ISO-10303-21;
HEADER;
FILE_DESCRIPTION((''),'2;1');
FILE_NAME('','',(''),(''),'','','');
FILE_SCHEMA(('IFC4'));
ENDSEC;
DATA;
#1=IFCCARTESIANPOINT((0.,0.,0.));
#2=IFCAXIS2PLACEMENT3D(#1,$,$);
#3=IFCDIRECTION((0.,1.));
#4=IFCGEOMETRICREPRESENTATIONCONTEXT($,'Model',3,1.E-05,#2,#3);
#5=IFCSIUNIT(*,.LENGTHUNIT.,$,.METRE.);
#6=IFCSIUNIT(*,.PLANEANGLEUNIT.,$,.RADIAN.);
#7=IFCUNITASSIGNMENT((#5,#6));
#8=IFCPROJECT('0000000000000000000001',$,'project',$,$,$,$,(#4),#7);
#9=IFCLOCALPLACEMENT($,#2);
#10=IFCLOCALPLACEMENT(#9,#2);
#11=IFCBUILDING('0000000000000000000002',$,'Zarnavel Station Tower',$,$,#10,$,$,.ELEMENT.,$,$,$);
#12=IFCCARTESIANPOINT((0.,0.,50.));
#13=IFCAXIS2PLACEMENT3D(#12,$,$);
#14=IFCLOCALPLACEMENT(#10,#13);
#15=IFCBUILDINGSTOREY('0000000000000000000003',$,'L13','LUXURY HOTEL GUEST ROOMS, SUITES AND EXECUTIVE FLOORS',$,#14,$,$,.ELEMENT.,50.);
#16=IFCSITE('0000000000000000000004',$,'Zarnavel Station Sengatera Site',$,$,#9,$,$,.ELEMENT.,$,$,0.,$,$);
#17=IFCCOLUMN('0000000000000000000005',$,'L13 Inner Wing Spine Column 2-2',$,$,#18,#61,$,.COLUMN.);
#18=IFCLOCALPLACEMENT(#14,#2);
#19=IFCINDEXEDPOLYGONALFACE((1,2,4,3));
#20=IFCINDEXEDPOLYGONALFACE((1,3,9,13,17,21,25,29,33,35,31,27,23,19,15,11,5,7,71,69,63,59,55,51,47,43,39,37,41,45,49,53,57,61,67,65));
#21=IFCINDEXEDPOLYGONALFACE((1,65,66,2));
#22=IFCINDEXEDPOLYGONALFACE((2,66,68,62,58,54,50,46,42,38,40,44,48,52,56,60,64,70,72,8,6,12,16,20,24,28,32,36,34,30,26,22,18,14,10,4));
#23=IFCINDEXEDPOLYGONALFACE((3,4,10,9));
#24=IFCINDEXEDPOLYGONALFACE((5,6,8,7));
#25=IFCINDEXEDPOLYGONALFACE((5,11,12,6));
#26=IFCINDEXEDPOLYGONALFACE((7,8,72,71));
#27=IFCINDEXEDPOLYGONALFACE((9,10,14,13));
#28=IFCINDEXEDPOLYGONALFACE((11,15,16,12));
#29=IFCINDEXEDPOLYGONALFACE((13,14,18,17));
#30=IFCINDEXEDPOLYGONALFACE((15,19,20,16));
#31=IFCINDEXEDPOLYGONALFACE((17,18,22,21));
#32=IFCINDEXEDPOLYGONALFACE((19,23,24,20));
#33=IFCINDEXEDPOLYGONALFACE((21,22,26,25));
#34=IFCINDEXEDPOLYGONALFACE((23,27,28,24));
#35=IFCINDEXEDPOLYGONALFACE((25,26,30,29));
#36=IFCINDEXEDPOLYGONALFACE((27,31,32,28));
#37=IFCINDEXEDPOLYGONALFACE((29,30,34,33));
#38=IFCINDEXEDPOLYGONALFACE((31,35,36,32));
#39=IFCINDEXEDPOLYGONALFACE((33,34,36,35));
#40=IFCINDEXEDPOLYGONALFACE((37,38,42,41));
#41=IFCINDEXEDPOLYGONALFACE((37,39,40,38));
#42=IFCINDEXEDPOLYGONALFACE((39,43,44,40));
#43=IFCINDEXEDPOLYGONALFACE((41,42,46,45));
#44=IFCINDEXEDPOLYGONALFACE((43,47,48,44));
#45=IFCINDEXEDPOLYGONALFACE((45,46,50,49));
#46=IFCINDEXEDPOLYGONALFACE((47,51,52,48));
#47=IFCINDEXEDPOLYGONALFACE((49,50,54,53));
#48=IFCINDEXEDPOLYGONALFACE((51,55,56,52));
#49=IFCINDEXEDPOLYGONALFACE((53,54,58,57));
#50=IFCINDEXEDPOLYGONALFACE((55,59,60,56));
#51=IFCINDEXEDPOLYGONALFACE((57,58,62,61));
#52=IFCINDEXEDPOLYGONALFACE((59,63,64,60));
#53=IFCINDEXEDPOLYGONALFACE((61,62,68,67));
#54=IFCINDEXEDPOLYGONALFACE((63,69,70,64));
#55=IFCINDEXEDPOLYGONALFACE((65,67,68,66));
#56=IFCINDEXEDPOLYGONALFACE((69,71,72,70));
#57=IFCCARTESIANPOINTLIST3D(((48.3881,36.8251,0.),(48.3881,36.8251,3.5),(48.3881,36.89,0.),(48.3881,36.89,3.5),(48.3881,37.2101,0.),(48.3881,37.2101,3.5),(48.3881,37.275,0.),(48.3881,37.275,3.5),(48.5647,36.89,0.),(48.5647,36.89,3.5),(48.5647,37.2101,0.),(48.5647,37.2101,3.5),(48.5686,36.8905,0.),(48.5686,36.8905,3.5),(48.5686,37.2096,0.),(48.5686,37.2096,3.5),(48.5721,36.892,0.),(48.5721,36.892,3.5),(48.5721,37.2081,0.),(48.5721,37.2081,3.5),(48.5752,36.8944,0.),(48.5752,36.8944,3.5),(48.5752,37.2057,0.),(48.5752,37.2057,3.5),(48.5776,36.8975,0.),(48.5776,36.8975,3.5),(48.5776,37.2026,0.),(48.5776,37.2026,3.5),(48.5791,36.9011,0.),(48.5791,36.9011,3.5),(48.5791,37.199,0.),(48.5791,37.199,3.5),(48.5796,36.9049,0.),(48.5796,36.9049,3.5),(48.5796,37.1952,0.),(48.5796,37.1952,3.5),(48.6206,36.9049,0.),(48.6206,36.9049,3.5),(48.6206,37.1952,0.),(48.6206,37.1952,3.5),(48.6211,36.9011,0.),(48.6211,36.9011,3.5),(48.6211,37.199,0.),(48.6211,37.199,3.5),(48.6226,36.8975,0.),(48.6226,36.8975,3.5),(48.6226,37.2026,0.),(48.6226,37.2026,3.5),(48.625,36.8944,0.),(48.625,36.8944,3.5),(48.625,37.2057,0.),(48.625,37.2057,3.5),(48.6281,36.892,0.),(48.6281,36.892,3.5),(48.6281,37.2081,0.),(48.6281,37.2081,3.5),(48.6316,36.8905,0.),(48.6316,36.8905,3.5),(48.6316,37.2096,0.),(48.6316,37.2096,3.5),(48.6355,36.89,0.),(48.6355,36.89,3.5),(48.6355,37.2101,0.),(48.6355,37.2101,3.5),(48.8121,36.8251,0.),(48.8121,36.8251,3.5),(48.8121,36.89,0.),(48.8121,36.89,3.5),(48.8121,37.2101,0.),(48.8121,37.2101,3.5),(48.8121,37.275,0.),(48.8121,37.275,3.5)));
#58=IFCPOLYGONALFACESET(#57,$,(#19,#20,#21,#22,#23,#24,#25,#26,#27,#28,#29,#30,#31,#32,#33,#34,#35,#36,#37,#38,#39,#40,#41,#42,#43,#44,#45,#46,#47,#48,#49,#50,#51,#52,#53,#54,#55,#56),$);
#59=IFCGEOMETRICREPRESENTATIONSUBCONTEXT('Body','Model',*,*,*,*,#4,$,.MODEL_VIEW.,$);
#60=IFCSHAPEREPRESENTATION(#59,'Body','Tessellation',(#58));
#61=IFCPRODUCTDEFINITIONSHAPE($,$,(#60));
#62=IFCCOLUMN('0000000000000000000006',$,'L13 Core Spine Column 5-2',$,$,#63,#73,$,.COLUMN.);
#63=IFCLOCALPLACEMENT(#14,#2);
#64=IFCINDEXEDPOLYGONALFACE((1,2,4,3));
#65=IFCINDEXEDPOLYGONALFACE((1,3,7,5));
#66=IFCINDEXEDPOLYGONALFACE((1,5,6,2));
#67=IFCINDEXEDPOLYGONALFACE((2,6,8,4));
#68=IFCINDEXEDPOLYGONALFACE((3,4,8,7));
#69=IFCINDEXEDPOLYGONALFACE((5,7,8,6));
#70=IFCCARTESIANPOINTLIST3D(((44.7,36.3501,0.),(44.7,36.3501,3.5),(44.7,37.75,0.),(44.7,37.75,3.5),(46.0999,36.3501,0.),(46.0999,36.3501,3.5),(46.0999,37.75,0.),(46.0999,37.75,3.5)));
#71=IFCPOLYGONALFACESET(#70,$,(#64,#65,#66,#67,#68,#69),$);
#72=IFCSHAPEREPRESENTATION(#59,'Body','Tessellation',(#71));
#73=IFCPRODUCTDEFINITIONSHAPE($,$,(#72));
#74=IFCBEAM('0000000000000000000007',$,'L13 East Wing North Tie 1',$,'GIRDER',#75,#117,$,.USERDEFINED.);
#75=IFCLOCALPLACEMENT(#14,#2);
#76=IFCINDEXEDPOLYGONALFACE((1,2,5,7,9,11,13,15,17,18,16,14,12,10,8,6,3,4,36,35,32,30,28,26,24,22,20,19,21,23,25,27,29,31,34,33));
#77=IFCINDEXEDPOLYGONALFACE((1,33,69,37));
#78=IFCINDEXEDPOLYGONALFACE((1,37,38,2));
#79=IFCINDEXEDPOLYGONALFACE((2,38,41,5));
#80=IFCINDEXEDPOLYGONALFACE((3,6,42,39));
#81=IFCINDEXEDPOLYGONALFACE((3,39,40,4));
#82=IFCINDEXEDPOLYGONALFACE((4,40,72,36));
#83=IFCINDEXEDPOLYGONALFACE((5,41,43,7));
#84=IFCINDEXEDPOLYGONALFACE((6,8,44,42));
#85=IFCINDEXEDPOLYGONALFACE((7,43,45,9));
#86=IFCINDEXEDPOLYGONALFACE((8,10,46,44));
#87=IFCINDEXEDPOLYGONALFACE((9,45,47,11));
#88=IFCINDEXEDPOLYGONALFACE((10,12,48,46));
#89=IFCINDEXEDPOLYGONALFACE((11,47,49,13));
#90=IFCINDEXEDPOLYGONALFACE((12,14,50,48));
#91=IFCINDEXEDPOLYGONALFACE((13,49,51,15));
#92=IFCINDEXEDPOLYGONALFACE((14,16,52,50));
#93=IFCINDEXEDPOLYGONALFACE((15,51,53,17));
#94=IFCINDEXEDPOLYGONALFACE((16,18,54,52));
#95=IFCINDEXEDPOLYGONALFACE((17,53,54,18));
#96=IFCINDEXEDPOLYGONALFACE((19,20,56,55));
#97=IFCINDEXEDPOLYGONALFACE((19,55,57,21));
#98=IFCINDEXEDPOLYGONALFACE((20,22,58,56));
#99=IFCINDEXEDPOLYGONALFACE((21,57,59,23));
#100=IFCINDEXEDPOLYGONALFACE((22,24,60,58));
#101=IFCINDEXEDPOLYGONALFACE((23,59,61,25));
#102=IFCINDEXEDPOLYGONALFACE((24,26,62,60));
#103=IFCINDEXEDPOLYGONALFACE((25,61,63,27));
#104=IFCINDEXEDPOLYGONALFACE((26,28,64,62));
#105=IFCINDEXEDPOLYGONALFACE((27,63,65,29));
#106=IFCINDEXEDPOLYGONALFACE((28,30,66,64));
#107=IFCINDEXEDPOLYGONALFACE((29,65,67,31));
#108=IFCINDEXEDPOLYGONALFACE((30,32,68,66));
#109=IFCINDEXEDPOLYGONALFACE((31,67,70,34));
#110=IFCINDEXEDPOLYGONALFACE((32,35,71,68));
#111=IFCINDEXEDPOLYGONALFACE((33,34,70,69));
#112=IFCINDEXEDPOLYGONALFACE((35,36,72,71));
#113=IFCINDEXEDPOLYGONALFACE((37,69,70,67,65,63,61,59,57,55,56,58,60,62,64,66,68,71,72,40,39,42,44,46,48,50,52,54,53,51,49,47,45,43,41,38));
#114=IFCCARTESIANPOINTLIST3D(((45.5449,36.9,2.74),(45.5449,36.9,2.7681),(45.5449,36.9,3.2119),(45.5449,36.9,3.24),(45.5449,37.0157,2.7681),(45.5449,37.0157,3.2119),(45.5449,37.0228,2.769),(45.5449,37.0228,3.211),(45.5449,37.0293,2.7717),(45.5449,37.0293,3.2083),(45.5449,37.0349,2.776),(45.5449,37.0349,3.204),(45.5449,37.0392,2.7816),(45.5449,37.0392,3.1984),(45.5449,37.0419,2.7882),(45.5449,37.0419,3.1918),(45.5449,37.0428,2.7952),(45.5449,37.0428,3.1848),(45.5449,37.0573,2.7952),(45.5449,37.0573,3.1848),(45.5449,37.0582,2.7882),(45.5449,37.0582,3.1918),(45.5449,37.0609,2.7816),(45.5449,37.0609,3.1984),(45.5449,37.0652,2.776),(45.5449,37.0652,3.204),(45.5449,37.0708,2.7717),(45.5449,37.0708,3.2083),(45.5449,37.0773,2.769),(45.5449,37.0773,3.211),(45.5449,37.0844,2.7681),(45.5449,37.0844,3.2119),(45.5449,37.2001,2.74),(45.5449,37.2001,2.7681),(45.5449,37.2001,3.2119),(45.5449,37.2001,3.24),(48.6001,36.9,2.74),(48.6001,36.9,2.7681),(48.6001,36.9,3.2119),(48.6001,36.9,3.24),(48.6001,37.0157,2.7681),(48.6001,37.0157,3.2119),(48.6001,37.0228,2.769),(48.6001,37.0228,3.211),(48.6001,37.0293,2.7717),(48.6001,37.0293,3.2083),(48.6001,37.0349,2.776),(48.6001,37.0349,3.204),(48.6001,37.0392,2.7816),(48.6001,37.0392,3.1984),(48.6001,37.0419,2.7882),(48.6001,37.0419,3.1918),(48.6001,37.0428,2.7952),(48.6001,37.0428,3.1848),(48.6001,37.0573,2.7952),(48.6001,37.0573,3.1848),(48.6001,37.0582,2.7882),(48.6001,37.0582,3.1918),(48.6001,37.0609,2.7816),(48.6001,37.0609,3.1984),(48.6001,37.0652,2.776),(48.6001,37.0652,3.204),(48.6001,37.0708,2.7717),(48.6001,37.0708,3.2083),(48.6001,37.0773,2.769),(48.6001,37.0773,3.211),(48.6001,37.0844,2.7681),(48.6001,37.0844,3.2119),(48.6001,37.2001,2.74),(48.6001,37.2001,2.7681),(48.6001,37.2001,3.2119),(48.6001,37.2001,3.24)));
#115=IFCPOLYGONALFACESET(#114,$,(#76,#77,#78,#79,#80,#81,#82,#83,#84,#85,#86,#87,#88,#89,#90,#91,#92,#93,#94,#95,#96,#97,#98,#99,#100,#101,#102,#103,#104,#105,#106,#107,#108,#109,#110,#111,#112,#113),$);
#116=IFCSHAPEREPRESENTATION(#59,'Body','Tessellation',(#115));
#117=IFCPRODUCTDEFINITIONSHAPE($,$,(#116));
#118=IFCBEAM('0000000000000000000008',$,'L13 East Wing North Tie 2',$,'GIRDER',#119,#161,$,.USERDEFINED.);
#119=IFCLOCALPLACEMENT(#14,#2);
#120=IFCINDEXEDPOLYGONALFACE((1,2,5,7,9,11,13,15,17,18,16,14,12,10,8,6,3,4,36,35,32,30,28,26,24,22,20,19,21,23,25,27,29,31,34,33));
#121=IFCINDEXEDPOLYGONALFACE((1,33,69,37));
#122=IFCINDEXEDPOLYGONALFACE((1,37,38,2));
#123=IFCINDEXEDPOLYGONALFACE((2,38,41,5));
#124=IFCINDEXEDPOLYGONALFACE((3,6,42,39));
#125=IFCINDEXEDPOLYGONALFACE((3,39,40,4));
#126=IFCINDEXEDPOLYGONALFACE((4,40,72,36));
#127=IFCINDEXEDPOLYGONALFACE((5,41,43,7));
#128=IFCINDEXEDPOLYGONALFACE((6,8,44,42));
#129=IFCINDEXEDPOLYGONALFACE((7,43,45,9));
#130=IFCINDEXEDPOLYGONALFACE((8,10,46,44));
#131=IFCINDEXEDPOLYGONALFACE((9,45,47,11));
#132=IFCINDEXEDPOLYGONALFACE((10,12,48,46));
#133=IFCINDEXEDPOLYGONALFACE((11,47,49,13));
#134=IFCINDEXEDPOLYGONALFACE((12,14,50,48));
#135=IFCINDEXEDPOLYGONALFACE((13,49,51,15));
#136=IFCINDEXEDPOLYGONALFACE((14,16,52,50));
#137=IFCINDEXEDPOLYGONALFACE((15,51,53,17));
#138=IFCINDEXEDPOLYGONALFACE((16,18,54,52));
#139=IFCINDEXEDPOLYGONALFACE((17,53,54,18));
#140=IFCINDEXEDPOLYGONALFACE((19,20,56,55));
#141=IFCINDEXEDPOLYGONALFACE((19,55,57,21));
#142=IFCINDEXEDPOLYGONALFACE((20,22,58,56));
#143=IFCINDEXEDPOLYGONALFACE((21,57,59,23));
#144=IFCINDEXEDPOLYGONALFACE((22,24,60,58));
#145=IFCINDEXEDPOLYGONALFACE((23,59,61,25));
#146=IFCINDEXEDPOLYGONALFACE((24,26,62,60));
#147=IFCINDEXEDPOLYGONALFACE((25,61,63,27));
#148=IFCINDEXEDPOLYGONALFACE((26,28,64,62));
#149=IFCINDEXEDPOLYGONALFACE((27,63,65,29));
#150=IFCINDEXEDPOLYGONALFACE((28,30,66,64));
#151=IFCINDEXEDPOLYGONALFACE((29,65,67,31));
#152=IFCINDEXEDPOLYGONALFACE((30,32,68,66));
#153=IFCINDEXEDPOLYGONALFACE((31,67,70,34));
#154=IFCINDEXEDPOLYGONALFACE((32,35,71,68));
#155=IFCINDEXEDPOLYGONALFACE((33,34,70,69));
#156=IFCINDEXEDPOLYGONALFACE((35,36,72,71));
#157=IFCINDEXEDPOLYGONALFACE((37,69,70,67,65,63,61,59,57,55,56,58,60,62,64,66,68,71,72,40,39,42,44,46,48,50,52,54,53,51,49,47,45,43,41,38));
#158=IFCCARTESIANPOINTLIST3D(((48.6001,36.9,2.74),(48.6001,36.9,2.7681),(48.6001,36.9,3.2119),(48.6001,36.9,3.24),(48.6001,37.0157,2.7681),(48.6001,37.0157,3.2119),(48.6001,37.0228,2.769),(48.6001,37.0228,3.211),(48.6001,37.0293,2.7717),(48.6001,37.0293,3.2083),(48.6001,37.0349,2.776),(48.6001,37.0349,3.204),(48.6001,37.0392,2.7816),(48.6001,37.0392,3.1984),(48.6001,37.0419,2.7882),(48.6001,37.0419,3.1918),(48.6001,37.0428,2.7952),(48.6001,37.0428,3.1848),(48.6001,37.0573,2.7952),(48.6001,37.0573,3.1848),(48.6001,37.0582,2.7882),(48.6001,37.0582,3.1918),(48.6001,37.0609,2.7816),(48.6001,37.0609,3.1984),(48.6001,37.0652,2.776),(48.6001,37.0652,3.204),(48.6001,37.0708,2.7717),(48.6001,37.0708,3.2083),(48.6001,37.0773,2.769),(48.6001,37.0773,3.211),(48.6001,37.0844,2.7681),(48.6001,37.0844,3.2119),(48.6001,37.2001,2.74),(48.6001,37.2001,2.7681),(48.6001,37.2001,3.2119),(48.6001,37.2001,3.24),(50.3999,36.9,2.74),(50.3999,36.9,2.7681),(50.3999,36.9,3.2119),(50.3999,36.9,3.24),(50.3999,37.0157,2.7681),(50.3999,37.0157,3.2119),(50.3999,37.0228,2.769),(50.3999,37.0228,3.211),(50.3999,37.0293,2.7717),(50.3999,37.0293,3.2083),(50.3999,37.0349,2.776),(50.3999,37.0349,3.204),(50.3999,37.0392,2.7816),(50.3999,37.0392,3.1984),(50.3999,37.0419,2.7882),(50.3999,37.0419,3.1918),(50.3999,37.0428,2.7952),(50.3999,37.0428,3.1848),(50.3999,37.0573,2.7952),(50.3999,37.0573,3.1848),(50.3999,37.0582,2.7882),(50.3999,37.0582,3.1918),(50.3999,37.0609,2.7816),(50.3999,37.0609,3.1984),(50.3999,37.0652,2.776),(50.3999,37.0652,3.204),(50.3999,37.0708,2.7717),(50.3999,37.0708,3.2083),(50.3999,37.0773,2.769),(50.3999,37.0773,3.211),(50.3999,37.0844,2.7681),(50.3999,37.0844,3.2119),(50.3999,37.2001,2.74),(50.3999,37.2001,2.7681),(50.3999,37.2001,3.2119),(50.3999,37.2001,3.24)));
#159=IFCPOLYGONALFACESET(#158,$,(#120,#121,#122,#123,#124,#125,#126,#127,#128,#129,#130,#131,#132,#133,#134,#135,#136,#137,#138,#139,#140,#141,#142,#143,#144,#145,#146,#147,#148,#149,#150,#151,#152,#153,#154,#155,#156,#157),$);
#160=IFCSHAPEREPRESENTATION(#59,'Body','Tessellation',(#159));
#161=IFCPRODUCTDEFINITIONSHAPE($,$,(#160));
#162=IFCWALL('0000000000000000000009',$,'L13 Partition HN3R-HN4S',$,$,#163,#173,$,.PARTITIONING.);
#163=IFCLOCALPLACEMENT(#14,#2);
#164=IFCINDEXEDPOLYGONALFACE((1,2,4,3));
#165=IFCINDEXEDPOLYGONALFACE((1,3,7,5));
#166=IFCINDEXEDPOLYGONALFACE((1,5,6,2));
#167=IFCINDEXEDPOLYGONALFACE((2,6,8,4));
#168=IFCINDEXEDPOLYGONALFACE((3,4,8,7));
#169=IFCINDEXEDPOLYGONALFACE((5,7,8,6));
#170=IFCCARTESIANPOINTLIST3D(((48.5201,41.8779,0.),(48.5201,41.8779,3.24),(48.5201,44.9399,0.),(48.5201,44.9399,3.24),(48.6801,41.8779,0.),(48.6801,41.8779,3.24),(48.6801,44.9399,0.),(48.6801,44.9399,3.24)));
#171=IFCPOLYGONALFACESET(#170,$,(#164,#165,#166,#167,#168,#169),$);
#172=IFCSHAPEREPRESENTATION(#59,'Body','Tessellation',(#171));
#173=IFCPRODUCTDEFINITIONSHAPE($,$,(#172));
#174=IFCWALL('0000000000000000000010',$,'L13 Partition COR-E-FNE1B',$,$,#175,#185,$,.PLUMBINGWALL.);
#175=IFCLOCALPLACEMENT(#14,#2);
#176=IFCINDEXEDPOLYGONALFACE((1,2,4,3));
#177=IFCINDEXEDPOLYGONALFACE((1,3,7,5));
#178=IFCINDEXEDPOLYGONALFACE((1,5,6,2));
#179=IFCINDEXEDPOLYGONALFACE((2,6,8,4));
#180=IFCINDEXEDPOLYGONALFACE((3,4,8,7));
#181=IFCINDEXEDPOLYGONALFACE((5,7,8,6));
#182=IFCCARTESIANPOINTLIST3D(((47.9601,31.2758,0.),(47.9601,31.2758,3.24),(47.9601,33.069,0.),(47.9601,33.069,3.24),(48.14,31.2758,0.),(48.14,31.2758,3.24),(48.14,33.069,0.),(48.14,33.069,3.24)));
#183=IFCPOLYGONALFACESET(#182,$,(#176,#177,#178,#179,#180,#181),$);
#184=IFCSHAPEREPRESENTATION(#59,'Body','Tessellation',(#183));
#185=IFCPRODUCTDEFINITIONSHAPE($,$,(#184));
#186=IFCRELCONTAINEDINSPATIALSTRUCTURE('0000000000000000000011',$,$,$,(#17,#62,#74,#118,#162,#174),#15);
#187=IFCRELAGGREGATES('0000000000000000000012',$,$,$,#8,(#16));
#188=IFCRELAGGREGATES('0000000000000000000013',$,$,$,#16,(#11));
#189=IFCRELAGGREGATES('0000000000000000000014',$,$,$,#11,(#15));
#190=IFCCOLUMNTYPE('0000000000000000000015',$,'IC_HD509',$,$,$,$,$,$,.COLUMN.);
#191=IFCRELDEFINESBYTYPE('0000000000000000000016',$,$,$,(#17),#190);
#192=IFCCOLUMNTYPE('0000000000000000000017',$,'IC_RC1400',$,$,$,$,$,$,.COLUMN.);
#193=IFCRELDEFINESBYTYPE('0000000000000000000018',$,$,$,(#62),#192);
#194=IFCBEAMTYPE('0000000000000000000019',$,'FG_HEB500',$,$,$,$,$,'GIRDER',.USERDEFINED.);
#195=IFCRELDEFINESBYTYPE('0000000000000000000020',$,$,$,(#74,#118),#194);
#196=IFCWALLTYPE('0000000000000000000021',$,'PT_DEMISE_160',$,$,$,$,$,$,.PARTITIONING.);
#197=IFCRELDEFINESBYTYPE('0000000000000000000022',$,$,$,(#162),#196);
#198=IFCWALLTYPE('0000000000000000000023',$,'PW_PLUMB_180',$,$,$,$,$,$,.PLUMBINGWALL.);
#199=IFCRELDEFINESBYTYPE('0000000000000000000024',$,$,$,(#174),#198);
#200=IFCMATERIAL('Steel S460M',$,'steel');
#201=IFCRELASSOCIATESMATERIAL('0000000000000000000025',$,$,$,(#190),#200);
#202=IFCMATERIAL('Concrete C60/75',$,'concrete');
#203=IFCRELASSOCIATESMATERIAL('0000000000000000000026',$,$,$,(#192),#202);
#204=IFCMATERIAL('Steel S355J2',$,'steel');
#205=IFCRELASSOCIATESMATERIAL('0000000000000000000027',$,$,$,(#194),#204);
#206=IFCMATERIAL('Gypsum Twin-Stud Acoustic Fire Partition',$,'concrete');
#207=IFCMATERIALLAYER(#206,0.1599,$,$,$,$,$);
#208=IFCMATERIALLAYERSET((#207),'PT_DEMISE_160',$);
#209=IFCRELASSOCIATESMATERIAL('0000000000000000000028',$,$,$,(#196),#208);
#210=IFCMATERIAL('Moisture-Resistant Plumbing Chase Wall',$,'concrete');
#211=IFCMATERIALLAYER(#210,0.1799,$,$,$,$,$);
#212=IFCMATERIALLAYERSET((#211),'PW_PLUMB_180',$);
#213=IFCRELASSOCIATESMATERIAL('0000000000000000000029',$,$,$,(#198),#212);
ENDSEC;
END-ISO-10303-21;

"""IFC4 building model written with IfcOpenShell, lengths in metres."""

from ifc_helpers import new_model, si_unit, direction, frame, frame_2d, origin, origin_2d, place, context, subcontext, project, spatial, rectangle, i_section, extrude, material, layer, layer_set, material_profile, profile_set, type_object, element, save


model = new_model("IFC4")

# Units and contexts
model_context = context("Model", 3, precision=1e-05, world=origin(), true_north=direction((0.0, 1.0)))
body_context = subcontext(model_context, "Body", "Model", "MODEL_VIEW")
ifc_project = project(units=[si_unit("LENGTHUNIT", "METRE"), si_unit("PLANEANGLEUNIT", "RADIAN")], contexts=[model_context])

# Site, building, storey
site_placement = place(None, origin())
site = spatial("IfcSite", under=ifc_project, at=site_placement, Name="Zarnavel Station Sengatera Site", CompositionType="ELEMENT", RefElevation=0.0)
building_placement = place(site_placement, origin())
building = spatial("IfcBuilding", under=site, at=building_placement, Name="Zarnavel Station Tower", CompositionType="ELEMENT")
storey_placement = place(building_placement, frame((0.0, 0.0, 50.0)))
storey = spatial("IfcBuildingStorey", under=building, at=storey_placement, Name="L13", Description="LUXURY HOTEL GUEST ROOMS, SUITES AND EXECUTIVE FLOORS", CompositionType="ELEMENT", Elevation=50.0)

# Columns
ifc_material_1 = material(Name="Steel S460M", Category="steel")
ifc_material_profile_1 = material_profile(ifc_material_1, i_section(OverallWidth=0.4241, OverallDepth=0.45, WebThickness=0.041, FlangeThickness=0.0649, FilletRadius=0.0149, at=origin_2d()), Name="HD400x509")
ifc_profile_set_1 = profile_set([ifc_material_profile_1], Name="Steel S460M")
column_type_1 = type_object("IfcColumnType", Name="IC_HD509", PredefinedType="COLUMN", material=ifc_profile_set_1)
column_1_placement = place(storey_placement, frame((48.6001, 37.05, 0.0), z_axis=(0.0, 0.0, 1.0), x_axis=(1.0, 0.0, 0.0)))
element("IfcColumn", 1, at=column_1_placement, inside=storey, type_object=column_type_1, Name="L13 Inner Wing Spine Column 2-2", PredefinedType="COLUMN", context=body_context, shape_type="SweptSolid", body=[
    extrude(i_section(OverallWidth=0.4241, OverallDepth=0.45, WebThickness=0.041, FlangeThickness=0.0649, FilletRadius=0.0149, at=origin_2d()), origin(), (0.0, 0.0, 1.0), 3.5),
])
ifc_material_2 = material(Name="Concrete C60/75", Category="concrete")
ifc_material_profile_2 = material_profile(ifc_material_2, rectangle(XDim=1.3999, YDim=1.3999, at=origin_2d()), Name="RC1400x1400")
ifc_profile_set_2 = profile_set([ifc_material_profile_2], Name="Concrete C60/75")
column_type_2 = type_object("IfcColumnType", Name="IC_RC1400", PredefinedType="COLUMN", material=ifc_profile_set_2)
column_2_placement = place(storey_placement, frame((45.3999, 37.05, 0.0), z_axis=(0.0, 0.0, 1.0), x_axis=(1.0, 0.0, 0.0)))
element("IfcColumn", 2, at=column_2_placement, inside=storey, type_object=column_type_2, Name="L13 Core Spine Column 5-2", PredefinedType="COLUMN", context=body_context, shape_type="SweptSolid", body=[
    extrude(rectangle(XDim=1.3999, YDim=1.3999, at=origin_2d()), origin(), (0.0, 0.0, 1.0), 3.5),
])

# Beams
ifc_material_3 = material(Name="Steel S355J2", Category="steel")
ifc_material_profile_3 = material_profile(ifc_material_3, i_section(OverallWidth=0.3, OverallDepth=0.5, WebThickness=0.0144, FlangeThickness=0.0281, FilletRadius=0.0271, at=origin_2d()), Name="HEB500")
ifc_profile_set_3 = profile_set([ifc_material_profile_3], Name="Steel S355J2")
beam_type = type_object("IfcBeamType", Name="FG_HEB500", ElementType="GIRDER", PredefinedType="USERDEFINED", material=ifc_profile_set_3)
beam_1_placement = place(storey_placement, frame((45.5449, 37.05, 2.99), z_axis=(1.0, 0.0, 0.0), x_axis=(0.0, 1.0, 0.0)))
element("IfcBeam", 3, at=beam_1_placement, inside=storey, type_object=beam_type, Name="L13 East Wing North Tie 1", ObjectType="GIRDER", PredefinedType="USERDEFINED", context=body_context, shape_type="SweptSolid", body=[
    extrude(i_section(OverallWidth=0.3, OverallDepth=0.5, WebThickness=0.0144, FlangeThickness=0.0281, FilletRadius=0.0271, at=origin_2d()), origin(), (0.0, 0.0, 1.0), 3.0552),
])
beam_2_placement = place(storey_placement, frame((48.6001, 37.05, 2.99), z_axis=(1.0, 0.0, 0.0), x_axis=(0.0, 1.0, 0.0)))
element("IfcBeam", 4, at=beam_2_placement, inside=storey, type_object=beam_type, Name="L13 East Wing North Tie 2", ObjectType="GIRDER", PredefinedType="USERDEFINED", context=body_context, shape_type="SweptSolid", body=[
    extrude(i_section(OverallWidth=0.3, OverallDepth=0.5, WebThickness=0.0144, FlangeThickness=0.0281, FilletRadius=0.0271, at=origin_2d()), origin(), (0.0, 0.0, 1.0), 1.7998),
])

# Shared definitions
ifc_material_4 = material(Name="Gypsum Twin-Stud Acoustic Fire Partition", Category="concrete")
ifc_layer_1 = layer(ifc_material_4, 0.1599)
ifc_layer_set_1 = layer_set([ifc_layer_1], Name="PT_DEMISE_160")
wall_type_1 = type_object("IfcWallType", Name="PT_DEMISE_160", PredefinedType="PARTITIONING", material=ifc_layer_set_1)

# Walls
wall_1_placement = place(storey_placement, frame((48.6001, 41.8779, 0.0), z_axis=(0.0, 0.0, 1.0), x_axis=(0.0, 1.0, 0.0)))
element("IfcWall", 5, at=wall_1_placement, inside=storey, type_object=wall_type_1, Name="L13 Partition HN3R-HN4S", PredefinedType="PARTITIONING", context=body_context, shape_type="SweptSolid", body=[
    extrude(rectangle(XDim=3.062, YDim=0.1599, at=frame_2d((1.531, 0.0))), origin(), (0.0, 0.0, 1.0), 3.24),
])
ifc_material_5 = material(Name="Moisture-Resistant Plumbing Chase Wall", Category="concrete")
ifc_layer_2 = layer(ifc_material_5, 0.1799)
ifc_layer_set_2 = layer_set([ifc_layer_2], Name="PW_PLUMB_180")
wall_type_2 = type_object("IfcWallType", Name="PW_PLUMB_180", PredefinedType="PLUMBINGWALL", material=ifc_layer_set_2)
wall_2_placement = place(storey_placement, frame((48.05, 31.2759, 0.0), z_axis=(0.0, 0.0, 1.0), x_axis=(0.0, 1.0, 0.0)))
element("IfcWall", 6, at=wall_2_placement, inside=storey, type_object=wall_type_2, Name="L13 Partition COR-E-FNE1B", PredefinedType="PLUMBINGWALL", context=body_context, shape_type="SweptSolid", body=[
    extrude(rectangle(XDim=1.7932, YDim=0.1799, at=frame_2d((0.8965, 0.0))), origin(), (0.0, 0.0, 1.0), 3.24),
])

save(model, "model.ifc")
